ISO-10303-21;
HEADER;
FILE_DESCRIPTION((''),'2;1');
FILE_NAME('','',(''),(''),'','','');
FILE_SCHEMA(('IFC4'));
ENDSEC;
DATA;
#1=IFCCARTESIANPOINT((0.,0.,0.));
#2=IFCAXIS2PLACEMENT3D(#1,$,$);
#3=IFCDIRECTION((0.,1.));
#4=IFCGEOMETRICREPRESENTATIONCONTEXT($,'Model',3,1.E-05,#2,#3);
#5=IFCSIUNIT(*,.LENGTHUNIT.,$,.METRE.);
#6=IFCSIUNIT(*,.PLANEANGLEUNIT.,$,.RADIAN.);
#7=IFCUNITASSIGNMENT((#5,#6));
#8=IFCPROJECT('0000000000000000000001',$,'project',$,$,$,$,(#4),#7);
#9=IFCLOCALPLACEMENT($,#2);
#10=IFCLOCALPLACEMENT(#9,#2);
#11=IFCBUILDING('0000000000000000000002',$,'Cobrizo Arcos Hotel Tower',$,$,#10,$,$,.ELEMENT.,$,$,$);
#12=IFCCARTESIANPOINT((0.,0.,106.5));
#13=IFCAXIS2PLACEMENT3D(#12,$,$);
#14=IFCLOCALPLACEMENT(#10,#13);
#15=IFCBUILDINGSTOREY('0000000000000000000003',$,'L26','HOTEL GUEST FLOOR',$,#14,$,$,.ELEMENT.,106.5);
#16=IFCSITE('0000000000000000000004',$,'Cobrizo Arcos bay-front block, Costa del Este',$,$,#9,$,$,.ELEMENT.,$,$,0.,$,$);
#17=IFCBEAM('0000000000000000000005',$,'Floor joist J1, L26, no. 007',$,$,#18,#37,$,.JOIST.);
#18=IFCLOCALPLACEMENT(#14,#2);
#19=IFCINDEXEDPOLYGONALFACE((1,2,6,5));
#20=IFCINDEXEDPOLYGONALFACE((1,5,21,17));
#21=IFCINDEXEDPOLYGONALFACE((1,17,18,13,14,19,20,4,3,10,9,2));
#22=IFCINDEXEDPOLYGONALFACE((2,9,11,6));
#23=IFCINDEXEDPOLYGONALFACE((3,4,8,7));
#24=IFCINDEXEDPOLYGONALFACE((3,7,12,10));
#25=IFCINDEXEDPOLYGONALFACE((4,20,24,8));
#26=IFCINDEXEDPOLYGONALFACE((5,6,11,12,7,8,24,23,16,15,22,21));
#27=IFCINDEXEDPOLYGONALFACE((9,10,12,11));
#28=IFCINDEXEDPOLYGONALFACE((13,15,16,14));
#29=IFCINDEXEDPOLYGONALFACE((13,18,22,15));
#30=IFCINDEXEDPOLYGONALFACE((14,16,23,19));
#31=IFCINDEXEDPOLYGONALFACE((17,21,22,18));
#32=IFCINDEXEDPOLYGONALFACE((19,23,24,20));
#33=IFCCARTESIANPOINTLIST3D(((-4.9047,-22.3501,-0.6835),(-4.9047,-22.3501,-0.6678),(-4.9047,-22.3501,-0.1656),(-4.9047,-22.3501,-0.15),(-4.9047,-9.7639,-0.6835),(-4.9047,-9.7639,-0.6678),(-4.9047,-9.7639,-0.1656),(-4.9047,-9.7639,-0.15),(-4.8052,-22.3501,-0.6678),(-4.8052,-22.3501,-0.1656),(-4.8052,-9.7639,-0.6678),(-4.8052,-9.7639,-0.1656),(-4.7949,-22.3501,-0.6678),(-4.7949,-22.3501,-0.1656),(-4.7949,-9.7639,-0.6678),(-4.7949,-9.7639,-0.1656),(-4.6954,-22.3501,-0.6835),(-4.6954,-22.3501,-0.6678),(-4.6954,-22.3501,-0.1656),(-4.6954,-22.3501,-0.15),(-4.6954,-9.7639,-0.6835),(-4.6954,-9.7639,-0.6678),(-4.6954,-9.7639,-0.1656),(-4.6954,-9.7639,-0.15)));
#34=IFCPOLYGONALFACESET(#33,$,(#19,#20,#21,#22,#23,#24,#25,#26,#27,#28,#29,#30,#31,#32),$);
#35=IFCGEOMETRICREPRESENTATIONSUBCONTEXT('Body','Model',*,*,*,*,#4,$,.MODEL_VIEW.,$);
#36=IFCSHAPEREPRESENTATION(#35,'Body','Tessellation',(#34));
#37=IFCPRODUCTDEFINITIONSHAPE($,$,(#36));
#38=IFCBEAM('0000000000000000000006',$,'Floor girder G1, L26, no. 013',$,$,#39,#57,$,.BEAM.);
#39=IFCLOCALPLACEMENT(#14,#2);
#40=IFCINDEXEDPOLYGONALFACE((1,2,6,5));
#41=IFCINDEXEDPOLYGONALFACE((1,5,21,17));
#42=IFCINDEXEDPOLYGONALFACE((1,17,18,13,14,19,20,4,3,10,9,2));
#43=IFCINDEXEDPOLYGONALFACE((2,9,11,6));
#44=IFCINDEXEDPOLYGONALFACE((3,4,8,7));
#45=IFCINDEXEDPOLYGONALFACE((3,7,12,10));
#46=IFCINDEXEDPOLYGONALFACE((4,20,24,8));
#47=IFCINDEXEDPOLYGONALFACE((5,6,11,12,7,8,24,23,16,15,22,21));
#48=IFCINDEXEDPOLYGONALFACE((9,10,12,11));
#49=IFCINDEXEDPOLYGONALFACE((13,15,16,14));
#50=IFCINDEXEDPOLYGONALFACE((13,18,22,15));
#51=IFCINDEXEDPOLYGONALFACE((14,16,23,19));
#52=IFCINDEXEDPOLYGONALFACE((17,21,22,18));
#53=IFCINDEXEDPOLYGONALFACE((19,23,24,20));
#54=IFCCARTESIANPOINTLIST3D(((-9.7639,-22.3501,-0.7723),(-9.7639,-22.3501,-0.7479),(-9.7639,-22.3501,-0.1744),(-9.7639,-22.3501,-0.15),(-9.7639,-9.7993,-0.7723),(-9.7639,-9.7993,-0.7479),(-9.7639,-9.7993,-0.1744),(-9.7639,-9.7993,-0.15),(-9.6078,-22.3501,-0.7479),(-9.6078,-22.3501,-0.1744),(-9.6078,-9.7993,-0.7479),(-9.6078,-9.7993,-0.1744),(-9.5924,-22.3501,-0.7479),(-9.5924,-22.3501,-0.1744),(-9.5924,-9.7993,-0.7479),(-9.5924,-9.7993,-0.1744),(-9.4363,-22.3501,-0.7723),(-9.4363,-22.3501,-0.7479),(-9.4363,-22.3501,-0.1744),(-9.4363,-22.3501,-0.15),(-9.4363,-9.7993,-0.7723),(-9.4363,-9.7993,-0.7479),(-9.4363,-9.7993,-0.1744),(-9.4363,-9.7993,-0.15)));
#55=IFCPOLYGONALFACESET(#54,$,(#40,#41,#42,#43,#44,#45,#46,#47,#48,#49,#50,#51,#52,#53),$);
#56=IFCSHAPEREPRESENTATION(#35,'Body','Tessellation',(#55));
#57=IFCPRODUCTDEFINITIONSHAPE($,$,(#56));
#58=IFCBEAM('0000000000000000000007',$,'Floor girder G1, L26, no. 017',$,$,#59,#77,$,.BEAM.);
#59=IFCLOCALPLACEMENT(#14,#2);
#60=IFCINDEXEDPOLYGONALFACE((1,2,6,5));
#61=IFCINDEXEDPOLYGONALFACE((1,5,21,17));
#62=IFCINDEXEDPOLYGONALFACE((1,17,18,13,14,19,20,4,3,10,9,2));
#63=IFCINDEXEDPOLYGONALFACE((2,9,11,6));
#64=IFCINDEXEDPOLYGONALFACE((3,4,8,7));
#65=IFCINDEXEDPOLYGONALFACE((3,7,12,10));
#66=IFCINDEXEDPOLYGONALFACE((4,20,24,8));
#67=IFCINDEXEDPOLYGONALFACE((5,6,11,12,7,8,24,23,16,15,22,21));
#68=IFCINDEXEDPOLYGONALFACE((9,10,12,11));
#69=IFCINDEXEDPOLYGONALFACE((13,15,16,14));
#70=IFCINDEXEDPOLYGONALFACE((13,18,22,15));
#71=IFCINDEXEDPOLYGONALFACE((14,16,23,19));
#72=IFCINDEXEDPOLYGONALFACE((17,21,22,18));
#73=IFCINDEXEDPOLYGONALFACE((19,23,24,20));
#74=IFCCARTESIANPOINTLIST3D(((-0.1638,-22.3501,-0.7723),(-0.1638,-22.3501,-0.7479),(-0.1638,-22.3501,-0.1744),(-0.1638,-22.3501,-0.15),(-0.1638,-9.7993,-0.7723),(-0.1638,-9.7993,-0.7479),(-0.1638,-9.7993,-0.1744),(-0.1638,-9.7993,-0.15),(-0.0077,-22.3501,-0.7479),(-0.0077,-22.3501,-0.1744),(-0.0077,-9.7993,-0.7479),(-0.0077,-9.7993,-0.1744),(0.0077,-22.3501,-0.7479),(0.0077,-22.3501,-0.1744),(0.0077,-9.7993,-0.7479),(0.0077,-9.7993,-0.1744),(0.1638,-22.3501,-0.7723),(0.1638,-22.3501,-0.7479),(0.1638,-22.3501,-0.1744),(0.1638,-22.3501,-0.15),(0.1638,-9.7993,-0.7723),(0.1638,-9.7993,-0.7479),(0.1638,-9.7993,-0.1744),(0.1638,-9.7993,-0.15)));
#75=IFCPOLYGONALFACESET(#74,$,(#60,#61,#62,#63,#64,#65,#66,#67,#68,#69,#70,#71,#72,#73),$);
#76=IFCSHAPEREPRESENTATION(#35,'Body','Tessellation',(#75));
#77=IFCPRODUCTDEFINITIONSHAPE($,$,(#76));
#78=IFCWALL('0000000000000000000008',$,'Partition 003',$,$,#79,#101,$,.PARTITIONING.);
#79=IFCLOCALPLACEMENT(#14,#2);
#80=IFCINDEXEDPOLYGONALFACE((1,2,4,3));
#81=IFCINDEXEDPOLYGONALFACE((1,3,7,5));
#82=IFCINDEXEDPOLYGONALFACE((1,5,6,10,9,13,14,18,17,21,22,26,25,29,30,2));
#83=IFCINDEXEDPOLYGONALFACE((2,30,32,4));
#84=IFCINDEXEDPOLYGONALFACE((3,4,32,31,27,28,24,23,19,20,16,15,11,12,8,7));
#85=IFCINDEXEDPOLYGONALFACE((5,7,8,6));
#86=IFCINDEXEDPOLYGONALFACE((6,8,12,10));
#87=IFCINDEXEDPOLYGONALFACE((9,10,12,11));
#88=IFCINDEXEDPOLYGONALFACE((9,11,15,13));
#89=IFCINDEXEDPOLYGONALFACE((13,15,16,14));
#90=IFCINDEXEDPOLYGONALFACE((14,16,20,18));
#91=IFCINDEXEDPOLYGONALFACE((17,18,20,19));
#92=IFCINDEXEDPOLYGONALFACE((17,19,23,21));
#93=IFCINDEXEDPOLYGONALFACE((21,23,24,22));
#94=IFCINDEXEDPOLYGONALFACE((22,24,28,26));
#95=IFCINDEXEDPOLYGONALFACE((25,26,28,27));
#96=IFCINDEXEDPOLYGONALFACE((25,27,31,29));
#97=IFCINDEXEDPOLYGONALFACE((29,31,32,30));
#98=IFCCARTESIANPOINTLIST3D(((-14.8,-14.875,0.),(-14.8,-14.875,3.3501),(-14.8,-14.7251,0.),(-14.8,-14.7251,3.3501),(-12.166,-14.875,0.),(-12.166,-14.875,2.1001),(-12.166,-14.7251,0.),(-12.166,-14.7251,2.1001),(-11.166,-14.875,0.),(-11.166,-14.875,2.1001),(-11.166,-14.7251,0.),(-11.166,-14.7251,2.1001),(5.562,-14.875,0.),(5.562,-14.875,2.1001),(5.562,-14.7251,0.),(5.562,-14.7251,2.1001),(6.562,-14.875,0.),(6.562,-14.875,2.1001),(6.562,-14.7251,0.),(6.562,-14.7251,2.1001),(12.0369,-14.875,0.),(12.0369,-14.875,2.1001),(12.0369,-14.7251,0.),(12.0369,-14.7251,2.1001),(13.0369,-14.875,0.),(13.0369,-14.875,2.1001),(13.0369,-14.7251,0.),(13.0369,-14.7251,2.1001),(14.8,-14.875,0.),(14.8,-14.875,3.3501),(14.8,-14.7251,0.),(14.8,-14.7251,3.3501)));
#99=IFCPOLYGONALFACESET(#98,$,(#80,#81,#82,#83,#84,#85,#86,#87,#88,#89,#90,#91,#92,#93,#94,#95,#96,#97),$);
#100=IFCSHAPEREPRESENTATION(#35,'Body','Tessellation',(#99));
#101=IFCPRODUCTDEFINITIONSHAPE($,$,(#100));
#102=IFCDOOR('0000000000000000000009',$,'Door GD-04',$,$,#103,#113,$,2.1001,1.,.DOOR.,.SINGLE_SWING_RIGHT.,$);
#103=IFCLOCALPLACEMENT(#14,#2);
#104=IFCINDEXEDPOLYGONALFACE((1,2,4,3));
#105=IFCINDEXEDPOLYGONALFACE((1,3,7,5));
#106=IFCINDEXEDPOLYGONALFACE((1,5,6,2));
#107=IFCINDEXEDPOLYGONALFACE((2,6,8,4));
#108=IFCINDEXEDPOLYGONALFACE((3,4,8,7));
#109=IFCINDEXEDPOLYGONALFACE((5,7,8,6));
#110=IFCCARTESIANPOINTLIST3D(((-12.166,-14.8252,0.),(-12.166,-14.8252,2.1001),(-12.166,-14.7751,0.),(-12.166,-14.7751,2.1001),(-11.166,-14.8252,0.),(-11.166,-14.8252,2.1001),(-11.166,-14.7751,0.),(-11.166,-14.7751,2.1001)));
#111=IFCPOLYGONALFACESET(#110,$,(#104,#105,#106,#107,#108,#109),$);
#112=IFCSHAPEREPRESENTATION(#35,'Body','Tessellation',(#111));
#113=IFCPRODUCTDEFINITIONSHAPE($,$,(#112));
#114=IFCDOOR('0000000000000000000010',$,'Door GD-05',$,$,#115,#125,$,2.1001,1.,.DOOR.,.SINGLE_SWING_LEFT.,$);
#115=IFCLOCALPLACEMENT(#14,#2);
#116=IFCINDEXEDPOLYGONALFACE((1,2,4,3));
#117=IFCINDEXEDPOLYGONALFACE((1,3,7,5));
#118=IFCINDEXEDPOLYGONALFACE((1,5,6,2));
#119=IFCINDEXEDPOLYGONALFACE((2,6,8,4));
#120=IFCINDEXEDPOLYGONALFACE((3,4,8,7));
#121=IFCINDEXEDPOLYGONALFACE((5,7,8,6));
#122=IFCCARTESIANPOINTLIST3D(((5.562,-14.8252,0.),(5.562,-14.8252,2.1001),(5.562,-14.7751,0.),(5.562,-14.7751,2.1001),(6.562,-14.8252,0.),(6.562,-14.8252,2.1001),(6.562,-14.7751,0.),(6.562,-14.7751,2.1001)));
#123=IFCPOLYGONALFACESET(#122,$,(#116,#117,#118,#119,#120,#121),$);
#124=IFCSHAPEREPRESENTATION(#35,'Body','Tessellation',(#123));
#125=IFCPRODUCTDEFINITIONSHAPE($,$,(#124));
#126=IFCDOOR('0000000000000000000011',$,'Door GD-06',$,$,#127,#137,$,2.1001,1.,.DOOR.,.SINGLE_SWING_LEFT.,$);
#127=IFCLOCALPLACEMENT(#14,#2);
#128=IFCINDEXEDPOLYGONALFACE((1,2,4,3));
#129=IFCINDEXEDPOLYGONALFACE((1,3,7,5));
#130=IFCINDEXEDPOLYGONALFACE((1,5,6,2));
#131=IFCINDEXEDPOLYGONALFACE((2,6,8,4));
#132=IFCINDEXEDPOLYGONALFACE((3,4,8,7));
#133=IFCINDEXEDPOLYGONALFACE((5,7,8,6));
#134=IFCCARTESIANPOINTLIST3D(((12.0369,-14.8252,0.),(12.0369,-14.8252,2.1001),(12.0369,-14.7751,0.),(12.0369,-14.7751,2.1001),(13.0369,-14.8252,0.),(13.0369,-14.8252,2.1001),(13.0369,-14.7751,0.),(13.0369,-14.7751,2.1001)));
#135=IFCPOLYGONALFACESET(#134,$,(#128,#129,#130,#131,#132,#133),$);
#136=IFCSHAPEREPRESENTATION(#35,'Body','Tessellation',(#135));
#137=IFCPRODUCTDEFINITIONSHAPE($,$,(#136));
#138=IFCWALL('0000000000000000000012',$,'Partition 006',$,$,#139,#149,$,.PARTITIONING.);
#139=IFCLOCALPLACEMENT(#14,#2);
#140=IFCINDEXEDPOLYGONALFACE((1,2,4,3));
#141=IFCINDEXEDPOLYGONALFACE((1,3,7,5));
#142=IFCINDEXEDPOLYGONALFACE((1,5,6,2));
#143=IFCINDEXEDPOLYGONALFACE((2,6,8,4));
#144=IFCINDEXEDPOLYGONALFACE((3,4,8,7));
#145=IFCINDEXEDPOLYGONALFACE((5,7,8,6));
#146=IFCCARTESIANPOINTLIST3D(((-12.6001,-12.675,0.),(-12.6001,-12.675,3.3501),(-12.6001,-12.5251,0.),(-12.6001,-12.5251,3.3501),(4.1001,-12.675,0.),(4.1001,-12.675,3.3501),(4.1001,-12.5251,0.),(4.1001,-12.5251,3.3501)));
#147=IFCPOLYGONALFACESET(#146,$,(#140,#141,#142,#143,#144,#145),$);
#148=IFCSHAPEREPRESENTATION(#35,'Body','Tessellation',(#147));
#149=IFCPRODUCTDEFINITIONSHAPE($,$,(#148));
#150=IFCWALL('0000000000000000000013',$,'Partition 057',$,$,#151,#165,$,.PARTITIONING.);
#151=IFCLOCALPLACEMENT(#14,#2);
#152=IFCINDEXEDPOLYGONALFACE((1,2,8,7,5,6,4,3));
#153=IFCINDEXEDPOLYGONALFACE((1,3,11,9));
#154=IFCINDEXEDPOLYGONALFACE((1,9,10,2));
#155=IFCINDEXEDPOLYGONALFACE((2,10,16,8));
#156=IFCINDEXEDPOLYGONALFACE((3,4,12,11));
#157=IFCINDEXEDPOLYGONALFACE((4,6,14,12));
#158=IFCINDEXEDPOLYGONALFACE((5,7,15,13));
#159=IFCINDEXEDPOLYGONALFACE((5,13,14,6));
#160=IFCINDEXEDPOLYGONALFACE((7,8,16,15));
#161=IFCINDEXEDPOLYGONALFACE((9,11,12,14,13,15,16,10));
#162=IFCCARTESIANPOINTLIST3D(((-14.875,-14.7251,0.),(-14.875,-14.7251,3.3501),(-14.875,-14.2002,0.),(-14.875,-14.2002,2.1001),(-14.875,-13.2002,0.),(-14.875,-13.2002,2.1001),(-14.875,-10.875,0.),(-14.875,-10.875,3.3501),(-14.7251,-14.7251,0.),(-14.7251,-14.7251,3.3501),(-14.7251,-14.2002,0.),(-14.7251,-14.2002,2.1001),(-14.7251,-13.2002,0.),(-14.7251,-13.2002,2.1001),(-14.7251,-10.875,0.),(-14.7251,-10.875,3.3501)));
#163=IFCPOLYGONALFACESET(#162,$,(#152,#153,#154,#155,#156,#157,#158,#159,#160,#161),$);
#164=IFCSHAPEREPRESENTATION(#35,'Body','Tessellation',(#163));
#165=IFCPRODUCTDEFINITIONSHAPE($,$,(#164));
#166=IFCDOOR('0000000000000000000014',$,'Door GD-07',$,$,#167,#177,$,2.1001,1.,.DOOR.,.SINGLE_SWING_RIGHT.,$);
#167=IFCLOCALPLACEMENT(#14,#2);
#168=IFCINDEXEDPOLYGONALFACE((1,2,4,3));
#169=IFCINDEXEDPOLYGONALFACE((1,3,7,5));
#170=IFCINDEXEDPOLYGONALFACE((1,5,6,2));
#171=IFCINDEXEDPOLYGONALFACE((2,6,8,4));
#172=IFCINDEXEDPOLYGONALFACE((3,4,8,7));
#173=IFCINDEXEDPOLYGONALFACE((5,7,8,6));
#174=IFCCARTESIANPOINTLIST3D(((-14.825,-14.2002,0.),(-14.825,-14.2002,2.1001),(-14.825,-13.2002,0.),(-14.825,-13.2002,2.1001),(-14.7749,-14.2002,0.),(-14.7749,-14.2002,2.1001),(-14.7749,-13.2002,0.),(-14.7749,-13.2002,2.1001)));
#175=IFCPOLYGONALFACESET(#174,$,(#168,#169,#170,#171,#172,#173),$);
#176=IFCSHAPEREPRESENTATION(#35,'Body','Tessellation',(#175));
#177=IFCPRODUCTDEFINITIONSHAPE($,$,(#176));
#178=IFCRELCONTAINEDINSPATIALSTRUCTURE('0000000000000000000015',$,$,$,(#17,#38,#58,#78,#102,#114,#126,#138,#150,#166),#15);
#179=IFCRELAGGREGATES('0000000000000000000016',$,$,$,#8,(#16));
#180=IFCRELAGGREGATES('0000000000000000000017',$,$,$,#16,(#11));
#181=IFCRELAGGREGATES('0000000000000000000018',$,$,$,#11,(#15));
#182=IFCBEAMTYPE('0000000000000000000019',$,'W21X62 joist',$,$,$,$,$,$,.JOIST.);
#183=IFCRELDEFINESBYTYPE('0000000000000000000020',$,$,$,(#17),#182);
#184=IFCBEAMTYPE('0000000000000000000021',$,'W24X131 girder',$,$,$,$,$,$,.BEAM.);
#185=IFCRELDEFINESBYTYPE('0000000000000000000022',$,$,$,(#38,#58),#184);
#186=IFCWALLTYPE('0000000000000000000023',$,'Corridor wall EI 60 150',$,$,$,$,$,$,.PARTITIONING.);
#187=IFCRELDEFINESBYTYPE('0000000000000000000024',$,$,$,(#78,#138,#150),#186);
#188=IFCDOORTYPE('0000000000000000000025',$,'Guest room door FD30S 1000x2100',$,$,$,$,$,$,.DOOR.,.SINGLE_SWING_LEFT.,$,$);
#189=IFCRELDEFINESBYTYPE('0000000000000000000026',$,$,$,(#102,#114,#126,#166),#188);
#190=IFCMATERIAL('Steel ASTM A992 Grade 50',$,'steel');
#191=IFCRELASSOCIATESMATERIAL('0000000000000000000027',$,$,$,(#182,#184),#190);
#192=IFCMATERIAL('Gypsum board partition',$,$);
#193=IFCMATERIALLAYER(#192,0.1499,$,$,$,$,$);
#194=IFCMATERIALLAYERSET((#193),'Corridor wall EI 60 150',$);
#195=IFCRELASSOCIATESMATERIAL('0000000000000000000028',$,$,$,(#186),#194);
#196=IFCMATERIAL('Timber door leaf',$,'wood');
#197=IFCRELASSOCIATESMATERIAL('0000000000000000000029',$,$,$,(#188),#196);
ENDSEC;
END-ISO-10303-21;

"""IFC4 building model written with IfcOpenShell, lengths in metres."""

from ifc_helpers import new_model, si_unit, direction, frame, frame_2d, origin, origin_2d, place, context, subcontext, project, spatial, rectangle, i_section, extrude, material, layer, layer_set, material_profile, profile_set, type_object, element, fill, save


model = new_model("IFC4")

# Units and contexts
model_context = context("Model", 3, precision=1e-05, world=origin(), true_north=direction((0.0, 1.0)))
body_context = subcontext(model_context, "Body", "Model", "MODEL_VIEW")
ifc_project = project(units=[si_unit("LENGTHUNIT", "METRE"), si_unit("PLANEANGLEUNIT", "RADIAN")], contexts=[model_context])

# Site, building, storey
site_placement = place(None, origin())
site = spatial("IfcSite", under=ifc_project, at=site_placement, Name="Cobrizo Arcos bay-front block, Costa del Este", CompositionType="ELEMENT", RefElevation=0.0)
building_placement = place(site_placement, origin())
building = spatial("IfcBuilding", under=site, at=building_placement, Name="Cobrizo Arcos Hotel Tower", CompositionType="ELEMENT")
storey_placement = place(building_placement, frame((0.0, 0.0, 106.5)))
storey = spatial("IfcBuildingStorey", under=building, at=storey_placement, Name="L26", Description="HOTEL GUEST FLOOR", CompositionType="ELEMENT", Elevation=106.5)

# Beams
ifc_material_1 = material(Name="Steel ASTM A992 Grade 50", Category="steel")
ifc_material_profile_1 = material_profile(ifc_material_1, i_section(OverallWidth=0.2092, OverallDepth=0.5334, WebThickness=0.0103, FlangeThickness=0.0156, at=origin_2d()), Name="W21X62")
ifc_profile_set_1 = profile_set([ifc_material_profile_1], Name="Steel ASTM A992 Grade 50")
beam_type_1 = type_object("IfcBeamType", Name="W21X62 joist", PredefinedType="JOIST", material=ifc_profile_set_1)
beam_placement = place(storey_placement, frame((-4.8, -22.3501, -0.4167), z_axis=(0.0, 1.0, 0.0), x_axis=(-1.0, 0.0, 0.0)))
element("IfcBeam", 1, at=beam_placement, inside=storey, type_object=beam_type_1, Name="Floor joist J1, L26, no. 007", PredefinedType="JOIST", context=body_context, shape_type="SweptSolid", body=[
    extrude(i_section(OverallWidth=0.2092, OverallDepth=0.5334, WebThickness=0.0103, FlangeThickness=0.0156, at=origin_2d()), origin(), (0.0, 0.0, 1.0), 12.5862),
])
ifc_material_profile_2 = material_profile(ifc_material_1, i_section(OverallWidth=0.3276, OverallDepth=0.6223, WebThickness=0.0154, FlangeThickness=0.0244, at=origin_2d()), Name="W24X131")
ifc_profile_set_2 = profile_set([ifc_material_profile_2], Name="Steel ASTM A992 Grade 50")
beam_type_2 = type_object("IfcBeamType", Name="W24X131 girder", PredefinedType="BEAM", material=ifc_profile_set_2)
for number, where, z_axis, x_axis, name in (
    (2, (-9.6001, -22.3501, -0.4612), (0.0, 1.0, 0.0), (-1.0, 0.0, 0.0), "Floor girder G1, L26, no. 013"),
    (3, (0.0, -22.3501, -0.4612), (0.0, 1.0, 0.0), (-1.0, 0.0, 0.0), "Floor girder G1, L26, no. 017"),
):
    element("IfcBeam", number, at=place(storey_placement, frame(where, z_axis=z_axis, x_axis=x_axis)), inside=storey, type_object=beam_type_2, Name=name, PredefinedType="BEAM", context=body_context, shape_type="SweptSolid", body=[
        extrude(i_section(OverallWidth=0.3276, OverallDepth=0.6223, WebThickness=0.0154, FlangeThickness=0.0244, at=origin_2d()), origin(), (0.0, 0.0, 1.0), 12.5508),
    ])

# Wall, openings, doors
ifc_material_2 = material(Name="Gypsum board partition")
ifc_layer_1 = layer(ifc_material_2, 0.1499)
ifc_layer_set_1 = layer_set([ifc_layer_1], Name="Corridor wall EI 60 150")
wall_type_1 = type_object("IfcWallType", Name="Corridor wall EI 60 150", PredefinedType="PARTITIONING", material=ifc_layer_set_1)
wall_1_placement = place(storey_placement, frame((-14.8, -14.8, 0.0), z_axis=(0.0, 0.0, 1.0), x_axis=(1.0, 0.0, 0.0)))
wall_1 = element("IfcWall", 4, at=wall_1_placement, inside=storey, type_object=wall_type_1, Name="Partition 003", PredefinedType="PARTITIONING", context=body_context, shape_type="SweptSolid", body=[
    extrude(rectangle(XDim=29.6001, YDim=0.1499, at=frame_2d((14.8, 0.0))), origin(), (0.0, 0.0, 1.0), 3.3501),
])
opening_1_placement = place(wall_1_placement, frame((2.634, 0.0, 0.0)))
opening_1 = element("IfcOpeningElement", 5, at=opening_1_placement, cuts=wall_1, PredefinedType="OPENING", context=body_context, shape_type="SweptSolid", body=[
    extrude(rectangle(XDim=1.0, YDim=2.1001, at=frame_2d((0.5, 1.05))), frame((0.0, 0.0869, 0.0), z_axis=(0.0, -1.0, 0.0), x_axis=(1.0, 0.0, 0.0)), (0.0, 0.0, 1.0), 0.1738),
])
opening_2_placement = place(wall_1_placement, frame((20.3621, 0.0, 0.0)))
opening_2 = element("IfcOpeningElement", 6, at=opening_2_placement, cuts=wall_1, PredefinedType="OPENING", context=body_context, shape_type="SweptSolid", body=[
    extrude(rectangle(XDim=1.0, YDim=2.1001, at=frame_2d((0.5, 1.05))), frame((0.0, 0.0869, 0.0), z_axis=(0.0, -1.0, 0.0), x_axis=(1.0, 0.0, 0.0)), (0.0, 0.0, 1.0), 0.1738),
])
opening_3_placement = place(wall_1_placement, frame((26.8369, 0.0, 0.0)))
opening_3 = element("IfcOpeningElement", 7, at=opening_3_placement, cuts=wall_1, PredefinedType="OPENING", context=body_context, shape_type="SweptSolid", body=[
    extrude(rectangle(XDim=1.0, YDim=2.1001, at=frame_2d((0.5, 1.05))), frame((0.0, 0.0869, 0.0), z_axis=(0.0, -1.0, 0.0), x_axis=(1.0, 0.0, 0.0)), (0.0, 0.0, 1.0), 0.1738),
])
ifc_material_3 = material(Name="Timber door leaf", Category="wood")
door_type_1 = type_object("IfcDoorType", Name="Guest room door FD30S 1000x2100", OperationType="SINGLE_SWING_LEFT", PredefinedType="DOOR", material=ifc_material_3)
door_1_placement = place(opening_1_placement, origin())
door_1 = element("IfcDoor", 8, at=door_1_placement, inside=storey, type_object=door_type_1, Name="Door GD-04", OperationType="SINGLE_SWING_RIGHT", OverallHeight=2.1001, OverallWidth=1.0, PredefinedType="DOOR", context=body_context, shape_type="SweptSolid", body=[
    extrude(rectangle(XDim=1.0, YDim=2.1001, at=frame_2d((0.5, 1.05))), frame((0.0, 0.0249, 0.0), z_axis=(0.0, -1.0, 0.0), x_axis=(1.0, 0.0, 0.0)), (0.0, 0.0, 1.0), 0.05),
])
fill(opening_1, door_1)
door_2_placement = place(opening_2_placement, origin())
door_2 = element("IfcDoor", 9, at=door_2_placement, inside=storey, type_object=door_type_1, Name="Door GD-05", OperationType="SINGLE_SWING_LEFT", OverallHeight=2.1001, OverallWidth=1.0, PredefinedType="DOOR", context=body_context, shape_type="SweptSolid", body=[
    extrude(rectangle(XDim=1.0, YDim=2.1001, at=frame_2d((0.5, 1.05))), frame((0.0, 0.0249, 0.0), z_axis=(0.0, -1.0, 0.0), x_axis=(1.0, 0.0, 0.0)), (0.0, 0.0, 1.0), 0.05),
])
fill(opening_2, door_2)
door_3_placement = place(opening_3_placement, origin())
door_3 = element("IfcDoor", 10, at=door_3_placement, inside=storey, type_object=door_type_1, Name="Door GD-06", OperationType="SINGLE_SWING_LEFT", OverallHeight=2.1001, OverallWidth=1.0, PredefinedType="DOOR", context=body_context, shape_type="SweptSolid", body=[
    extrude(rectangle(XDim=1.0, YDim=2.1001, at=frame_2d((0.5, 1.05))), frame((0.0, 0.0249, 0.0), z_axis=(0.0, -1.0, 0.0), x_axis=(1.0, 0.0, 0.0)), (0.0, 0.0, 1.0), 0.05),
])
fill(opening_3, door_3)

# Wall
wall_2_placement = place(storey_placement, frame((-12.6001, -12.6001, 0.0), z_axis=(0.0, 0.0, 1.0), x_axis=(1.0, 0.0, 0.0)))
element("IfcWall", 11, at=wall_2_placement, inside=storey, type_object=wall_type_1, Name="Partition 006", PredefinedType="PARTITIONING", context=body_context, shape_type="SweptSolid", body=[
    extrude(rectangle(XDim=16.7002, YDim=0.1499, at=frame_2d((8.3501, 0.0))), origin(), (0.0, 0.0, 1.0), 3.3501),
])

# Wall, opening, door
wall_3_placement = place(storey_placement, frame((-14.8, -14.7251, 0.0), z_axis=(0.0, 0.0, 1.0), x_axis=(0.0, 1.0, 0.0)))
wall_3 = element("IfcWall", 12, at=wall_3_placement, inside=storey, type_object=wall_type_1, Name="Partition 057", PredefinedType="PARTITIONING", context=body_context, shape_type="SweptSolid", body=[
    extrude(rectangle(XDim=3.8501, YDim=0.1499, at=frame_2d((1.925, 0.0))), origin(), (0.0, 0.0, 1.0), 3.3501),
])
opening_4_placement = place(wall_3_placement, frame((0.5249, 0.0, 0.0)))
opening_4 = element("IfcOpeningElement", 13, at=opening_4_placement, cuts=wall_3, PredefinedType="OPENING", context=body_context, shape_type="SweptSolid", body=[
    extrude(rectangle(XDim=1.0, YDim=2.1001, at=frame_2d((0.5, 1.05))), frame((0.0, 0.0869, 0.0), z_axis=(0.0, -1.0, 0.0), x_axis=(1.0, 0.0, 0.0)), (0.0, 0.0, 1.0), 0.1738),
])
door_4_placement = place(opening_4_placement, origin())
door_4 = element("IfcDoor", 14, at=door_4_placement, inside=storey, type_object=door_type_1, Name="Door GD-07", OperationType="SINGLE_SWING_RIGHT", OverallHeight=2.1001, OverallWidth=1.0, PredefinedType="DOOR", context=body_context, shape_type="SweptSolid", body=[
    extrude(rectangle(XDim=1.0, YDim=2.1001, at=frame_2d((0.5, 1.05))), frame((0.0, 0.0249, 0.0), z_axis=(0.0, -1.0, 0.0), x_axis=(1.0, 0.0, 0.0)), (0.0, 0.0, 1.0), 0.05),
])
fill(opening_4, door_4)

save(model, "model.ifc")
